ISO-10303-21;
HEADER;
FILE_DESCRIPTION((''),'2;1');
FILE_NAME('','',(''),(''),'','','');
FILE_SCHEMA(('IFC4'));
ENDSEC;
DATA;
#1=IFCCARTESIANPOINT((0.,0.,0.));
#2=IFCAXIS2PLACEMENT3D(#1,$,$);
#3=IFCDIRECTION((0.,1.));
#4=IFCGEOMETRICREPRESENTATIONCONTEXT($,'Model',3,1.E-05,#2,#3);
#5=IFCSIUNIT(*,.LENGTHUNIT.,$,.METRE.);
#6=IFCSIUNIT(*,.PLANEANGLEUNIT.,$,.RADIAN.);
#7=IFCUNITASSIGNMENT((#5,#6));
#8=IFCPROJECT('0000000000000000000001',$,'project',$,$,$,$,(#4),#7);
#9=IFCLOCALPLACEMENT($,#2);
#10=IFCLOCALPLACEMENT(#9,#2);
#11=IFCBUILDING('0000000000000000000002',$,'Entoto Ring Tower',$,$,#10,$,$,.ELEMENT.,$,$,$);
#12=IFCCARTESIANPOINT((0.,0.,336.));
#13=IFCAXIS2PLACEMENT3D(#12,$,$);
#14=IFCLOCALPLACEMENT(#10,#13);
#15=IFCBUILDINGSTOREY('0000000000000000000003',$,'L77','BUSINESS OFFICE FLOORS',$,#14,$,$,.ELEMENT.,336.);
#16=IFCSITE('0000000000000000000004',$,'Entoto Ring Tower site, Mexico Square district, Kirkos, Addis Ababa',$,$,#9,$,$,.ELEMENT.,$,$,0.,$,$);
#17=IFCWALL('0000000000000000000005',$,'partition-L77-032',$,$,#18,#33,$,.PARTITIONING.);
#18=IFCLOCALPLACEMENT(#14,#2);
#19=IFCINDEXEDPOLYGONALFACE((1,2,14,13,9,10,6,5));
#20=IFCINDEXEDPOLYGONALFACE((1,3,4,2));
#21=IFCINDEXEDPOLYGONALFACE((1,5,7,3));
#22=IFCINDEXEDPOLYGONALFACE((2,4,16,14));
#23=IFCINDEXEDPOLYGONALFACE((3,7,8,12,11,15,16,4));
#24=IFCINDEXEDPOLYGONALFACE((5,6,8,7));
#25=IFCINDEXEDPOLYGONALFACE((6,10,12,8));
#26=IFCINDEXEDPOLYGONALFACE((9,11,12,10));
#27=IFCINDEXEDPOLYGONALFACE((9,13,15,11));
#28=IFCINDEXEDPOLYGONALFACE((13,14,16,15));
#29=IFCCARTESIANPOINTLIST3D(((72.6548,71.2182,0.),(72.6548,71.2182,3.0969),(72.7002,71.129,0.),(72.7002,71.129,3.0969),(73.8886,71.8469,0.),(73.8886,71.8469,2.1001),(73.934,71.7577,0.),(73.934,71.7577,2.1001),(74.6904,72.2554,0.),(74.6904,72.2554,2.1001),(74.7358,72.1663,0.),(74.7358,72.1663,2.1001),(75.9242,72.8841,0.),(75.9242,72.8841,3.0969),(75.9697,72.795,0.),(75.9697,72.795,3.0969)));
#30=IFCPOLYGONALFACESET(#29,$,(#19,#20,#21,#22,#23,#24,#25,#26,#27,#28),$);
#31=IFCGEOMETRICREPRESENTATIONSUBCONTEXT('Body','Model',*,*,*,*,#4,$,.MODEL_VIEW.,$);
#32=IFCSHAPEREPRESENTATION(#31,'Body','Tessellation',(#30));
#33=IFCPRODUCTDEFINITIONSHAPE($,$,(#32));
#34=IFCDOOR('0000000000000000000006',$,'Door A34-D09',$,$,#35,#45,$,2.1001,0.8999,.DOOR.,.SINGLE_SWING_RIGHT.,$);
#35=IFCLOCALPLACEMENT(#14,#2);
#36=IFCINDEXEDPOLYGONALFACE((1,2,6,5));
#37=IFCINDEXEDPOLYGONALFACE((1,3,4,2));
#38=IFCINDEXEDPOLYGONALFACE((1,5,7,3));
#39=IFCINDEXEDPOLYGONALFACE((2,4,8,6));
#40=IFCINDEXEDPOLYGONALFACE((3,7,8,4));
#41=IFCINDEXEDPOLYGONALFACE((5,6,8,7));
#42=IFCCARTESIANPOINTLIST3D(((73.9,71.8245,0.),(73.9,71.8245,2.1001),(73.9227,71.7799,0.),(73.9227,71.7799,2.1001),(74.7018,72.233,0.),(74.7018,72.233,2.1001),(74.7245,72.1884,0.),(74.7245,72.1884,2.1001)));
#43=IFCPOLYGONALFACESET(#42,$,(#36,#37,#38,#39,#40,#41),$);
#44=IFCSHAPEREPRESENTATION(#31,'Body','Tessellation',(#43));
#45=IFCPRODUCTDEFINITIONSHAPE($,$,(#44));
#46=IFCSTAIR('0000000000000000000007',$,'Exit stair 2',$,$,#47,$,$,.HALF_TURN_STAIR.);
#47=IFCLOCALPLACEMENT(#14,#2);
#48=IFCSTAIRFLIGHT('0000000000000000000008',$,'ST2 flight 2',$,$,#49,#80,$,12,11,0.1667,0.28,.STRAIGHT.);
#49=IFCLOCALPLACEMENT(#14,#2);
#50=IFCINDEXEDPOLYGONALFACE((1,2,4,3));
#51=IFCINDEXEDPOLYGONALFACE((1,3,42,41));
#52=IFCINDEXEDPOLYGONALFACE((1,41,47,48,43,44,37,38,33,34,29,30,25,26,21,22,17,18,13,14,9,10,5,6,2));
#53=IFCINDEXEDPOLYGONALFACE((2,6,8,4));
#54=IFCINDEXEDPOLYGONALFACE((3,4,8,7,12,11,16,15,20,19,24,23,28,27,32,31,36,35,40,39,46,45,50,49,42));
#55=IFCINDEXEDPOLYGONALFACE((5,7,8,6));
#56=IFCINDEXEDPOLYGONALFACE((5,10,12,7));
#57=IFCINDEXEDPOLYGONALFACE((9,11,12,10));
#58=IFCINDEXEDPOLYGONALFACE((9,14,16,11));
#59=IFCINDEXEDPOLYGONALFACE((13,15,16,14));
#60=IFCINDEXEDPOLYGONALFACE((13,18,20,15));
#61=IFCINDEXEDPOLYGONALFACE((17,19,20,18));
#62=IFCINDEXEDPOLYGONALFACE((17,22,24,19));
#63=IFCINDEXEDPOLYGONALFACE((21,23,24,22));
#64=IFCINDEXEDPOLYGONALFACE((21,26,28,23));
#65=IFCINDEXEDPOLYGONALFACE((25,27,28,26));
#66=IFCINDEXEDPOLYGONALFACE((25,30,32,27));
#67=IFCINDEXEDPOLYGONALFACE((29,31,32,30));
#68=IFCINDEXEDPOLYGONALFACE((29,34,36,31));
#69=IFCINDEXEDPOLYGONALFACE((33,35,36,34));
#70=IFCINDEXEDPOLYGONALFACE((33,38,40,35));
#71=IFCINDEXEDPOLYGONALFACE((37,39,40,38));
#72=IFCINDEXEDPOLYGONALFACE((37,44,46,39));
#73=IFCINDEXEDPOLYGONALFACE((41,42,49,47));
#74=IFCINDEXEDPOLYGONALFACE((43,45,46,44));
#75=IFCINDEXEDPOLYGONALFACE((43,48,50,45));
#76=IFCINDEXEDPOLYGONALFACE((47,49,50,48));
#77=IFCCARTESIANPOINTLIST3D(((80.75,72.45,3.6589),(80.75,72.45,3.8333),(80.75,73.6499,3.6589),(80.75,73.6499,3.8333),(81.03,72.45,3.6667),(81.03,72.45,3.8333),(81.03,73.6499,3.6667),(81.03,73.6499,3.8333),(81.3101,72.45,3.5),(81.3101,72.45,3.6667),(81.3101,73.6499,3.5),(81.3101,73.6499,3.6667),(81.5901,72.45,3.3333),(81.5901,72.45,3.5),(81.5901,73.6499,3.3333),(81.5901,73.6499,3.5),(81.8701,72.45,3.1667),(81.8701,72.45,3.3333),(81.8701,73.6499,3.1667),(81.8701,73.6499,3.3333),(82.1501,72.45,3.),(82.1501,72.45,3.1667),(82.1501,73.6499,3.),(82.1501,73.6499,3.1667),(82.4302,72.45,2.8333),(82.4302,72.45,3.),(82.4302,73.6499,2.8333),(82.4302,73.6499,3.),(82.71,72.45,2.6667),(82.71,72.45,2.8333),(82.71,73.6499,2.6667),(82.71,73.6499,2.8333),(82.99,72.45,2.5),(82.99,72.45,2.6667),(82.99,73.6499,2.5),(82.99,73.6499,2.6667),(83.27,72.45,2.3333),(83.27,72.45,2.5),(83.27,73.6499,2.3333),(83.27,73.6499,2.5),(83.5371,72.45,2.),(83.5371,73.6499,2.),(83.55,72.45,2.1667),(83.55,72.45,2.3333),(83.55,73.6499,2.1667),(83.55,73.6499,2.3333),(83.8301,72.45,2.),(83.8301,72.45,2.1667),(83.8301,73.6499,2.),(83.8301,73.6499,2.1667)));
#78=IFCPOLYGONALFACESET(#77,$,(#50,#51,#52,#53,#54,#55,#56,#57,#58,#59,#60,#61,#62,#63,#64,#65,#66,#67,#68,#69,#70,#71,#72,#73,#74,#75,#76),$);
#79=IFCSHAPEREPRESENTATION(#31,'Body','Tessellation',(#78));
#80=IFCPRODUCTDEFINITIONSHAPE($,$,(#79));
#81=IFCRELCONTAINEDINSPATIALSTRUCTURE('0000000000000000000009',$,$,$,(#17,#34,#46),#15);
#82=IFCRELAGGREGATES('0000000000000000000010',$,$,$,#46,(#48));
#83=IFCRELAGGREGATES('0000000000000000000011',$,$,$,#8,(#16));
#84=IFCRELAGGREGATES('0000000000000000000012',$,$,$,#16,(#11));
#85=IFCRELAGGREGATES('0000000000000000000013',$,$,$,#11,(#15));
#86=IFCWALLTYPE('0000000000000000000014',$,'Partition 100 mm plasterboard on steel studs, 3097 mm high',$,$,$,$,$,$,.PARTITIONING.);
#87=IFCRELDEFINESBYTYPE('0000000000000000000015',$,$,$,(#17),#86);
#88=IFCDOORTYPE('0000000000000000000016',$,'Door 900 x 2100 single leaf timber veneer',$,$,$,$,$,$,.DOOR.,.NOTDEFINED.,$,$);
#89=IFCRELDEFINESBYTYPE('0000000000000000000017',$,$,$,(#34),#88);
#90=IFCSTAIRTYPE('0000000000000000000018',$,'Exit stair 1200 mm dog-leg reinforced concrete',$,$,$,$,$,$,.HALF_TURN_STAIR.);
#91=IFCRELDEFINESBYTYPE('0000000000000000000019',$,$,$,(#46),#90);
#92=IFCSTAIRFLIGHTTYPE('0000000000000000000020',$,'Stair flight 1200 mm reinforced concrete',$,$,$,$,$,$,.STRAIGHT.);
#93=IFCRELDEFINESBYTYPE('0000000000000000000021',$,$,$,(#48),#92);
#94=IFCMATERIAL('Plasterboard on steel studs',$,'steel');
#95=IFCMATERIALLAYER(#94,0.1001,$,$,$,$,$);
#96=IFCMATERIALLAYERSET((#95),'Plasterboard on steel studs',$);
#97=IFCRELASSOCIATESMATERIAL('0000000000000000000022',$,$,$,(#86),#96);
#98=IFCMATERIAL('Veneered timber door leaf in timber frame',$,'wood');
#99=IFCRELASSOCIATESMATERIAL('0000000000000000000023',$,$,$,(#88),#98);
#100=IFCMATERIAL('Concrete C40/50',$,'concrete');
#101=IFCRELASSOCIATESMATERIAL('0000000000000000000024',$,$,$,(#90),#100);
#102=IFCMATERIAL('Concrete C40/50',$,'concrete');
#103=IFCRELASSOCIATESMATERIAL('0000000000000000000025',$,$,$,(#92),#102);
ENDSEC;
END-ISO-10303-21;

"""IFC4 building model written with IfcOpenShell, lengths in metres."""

from ifc_helpers import new_model, si_unit, direction, frame, frame_2d, origin, place, context, subcontext, project, spatial, polyline, rectangle, outline, extrude, material, layer, layer_set, type_object, element, fill, aggregate, save


model = new_model("IFC4")

# Units and contexts
model_context = context("Model", 3, precision=1e-05, world=origin(), true_north=direction((0.0, 1.0)))
body_context = subcontext(model_context, "Body", "Model", "MODEL_VIEW")
ifc_project = project(units=[si_unit("LENGTHUNIT", "METRE"), si_unit("PLANEANGLEUNIT", "RADIAN")], contexts=[model_context])

# Site, building, storey
site_placement = place(None, origin())
site = spatial("IfcSite", under=ifc_project, at=site_placement, Name="Entoto Ring Tower site, Mexico Square district, Kirkos, Addis Ababa", CompositionType="ELEMENT", RefElevation=0.0)
building_placement = place(site_placement, origin())
building = spatial("IfcBuilding", under=site, at=building_placement, Name="Entoto Ring Tower", CompositionType="ELEMENT")
storey_placement = place(building_placement, frame((0.0, 0.0, 336.0)))
storey = spatial("IfcBuildingStorey", under=building, at=storey_placement, Name="L77", Description="BUSINESS OFFICE FLOORS", CompositionType="ELEMENT", Elevation=336.0)

# Wall, opening, door
ifc_material_1 = material(Name="Plasterboard on steel studs", Category="steel")
ifc_layer_1 = layer(ifc_material_1, 0.1001)
ifc_layer_set_1 = layer_set([ifc_layer_1], Name="Plasterboard on steel studs")
wall_type_1 = type_object("IfcWallType", Name="Partition 100 mm plasterboard on steel studs, 3097 mm high", PredefinedType="PARTITIONING", material=ifc_layer_set_1)
wall_1_placement = place(storey_placement, frame((72.6775, 71.1736, 0.0), z_axis=(0.0, 0.0, 1.0), x_axis=(0.890995, 0.454013, 0.0)))
wall_1 = element("IfcWall", 1, at=wall_1_placement, inside=storey, type_object=wall_type_1, Name="partition-L77-032", PredefinedType="PARTITIONING", context=body_context, shape_type="SweptSolid", body=[
    extrude(rectangle(XDim=3.6694, YDim=0.1001, at=frame_2d((1.8347, 0.0))), origin(), (0.0, 0.0, 1.0), 3.0969),
])
opening_1_placement = place(wall_1_placement, frame((1.3848, 0.0, 0.0)))
opening_1 = element("IfcOpeningElement", 2, at=opening_1_placement, cuts=wall_1, PredefinedType="OPENING", context=body_context, shape_type="SweptSolid", body=[
    extrude(rectangle(XDim=0.8999, YDim=2.1001, at=frame_2d((0.45, 1.05))), frame((0.0, 0.0601, 0.0), z_axis=(0.0, -1.0, 0.0), x_axis=(1.0, 0.0, 0.0)), (0.0, 0.0, 1.0), 0.1201),
])
ifc_material_2 = material(Name="Veneered timber door leaf in timber frame", Category="wood")
door_type_1 = type_object("IfcDoorType", Name="Door 900 x 2100 single leaf timber veneer", OperationType="NOTDEFINED", PredefinedType="DOOR", material=ifc_material_2)
door_1_placement = place(opening_1_placement, origin())
door_1 = element("IfcDoor", 3, at=door_1_placement, inside=storey, type_object=door_type_1, Name="Door A34-D09", OperationType="SINGLE_SWING_RIGHT", OverallHeight=2.1001, OverallWidth=0.8999, PredefinedType="DOOR", context=body_context, shape_type="SweptSolid", body=[
    extrude(rectangle(XDim=0.8999, YDim=2.1001, at=frame_2d((0.45, 1.05))), frame((0.0, 0.0249, 0.0), z_axis=(0.0, -1.0, 0.0), x_axis=(1.0, 0.0, 0.0)), (0.0, 0.0, 1.0), 0.05),
])
fill(opening_1, door_1)

# Stair, stair flight
ifc_material_3 = material(Name="Concrete C40/50", Category="concrete")
stair_type = type_object("IfcStairType", Name="Exit stair 1200 mm dog-leg reinforced concrete", PredefinedType="HALF_TURN_STAIR", material=ifc_material_3)
stair_placement = place(storey_placement, origin())
stair = element("IfcStair", 4, at=stair_placement, inside=storey, type_object=stair_type, Name="Exit stair 2", PredefinedType="HALF_TURN_STAIR")
ifc_material_4 = material(Name="Concrete C40/50", Category="concrete")
stair_flight_type = type_object("IfcStairFlightType", Name="Stair flight 1200 mm reinforced concrete", PredefinedType="STRAIGHT", material=ifc_material_4)
stair_flight_placement = place(storey_placement, frame((83.8301, 73.05, 2.0), z_axis=(0.0, 0.0, 1.0), x_axis=(-1.0, 0.0, 0.0)))
stair_flight = element("IfcStairFlight", 5, at=stair_flight_placement, type_object=stair_flight_type, Name="ST2 flight 2", NumberOfRisers=12, NumberOfTreads=11, PredefinedType="STRAIGHT", RiserHeight=0.1667, TreadLength=0.28, context=body_context, shape_type="SweptSolid", body=[
    extrude(outline(polyline([(0.0, 0.0), (0.0, 0.1667), (0.28, 0.1667), (0.28, 0.3333), (0.5601, 0.3333), (0.5601, 0.5), (0.8401, 0.5), (0.8401, 0.6667), (1.1201, 0.6667), (1.1201, 0.8333), (1.3999, 0.8333), (1.3999, 1.0), (1.6799, 1.0), (1.6799, 1.1667), (1.96, 1.1667), (1.96, 1.3333), (2.24, 1.3333), (2.24, 1.5), (2.52, 1.5), (2.52, 1.6667), (2.8, 1.6667), (2.8, 1.8333), (3.0801, 1.8333), (3.0801, 2.0), (3.0801, 1.6589), (0.293, 0.0), (0.0, 0.0)])), frame((0.0, 0.6001, 0.0), z_axis=(0.0, -1.0, 0.0), x_axis=(1.0, 0.0, 0.0)), (0.0, 0.0, 1.0), 1.2),
])
aggregate(stair, [stair_flight])

save(model, "model.ifc")
